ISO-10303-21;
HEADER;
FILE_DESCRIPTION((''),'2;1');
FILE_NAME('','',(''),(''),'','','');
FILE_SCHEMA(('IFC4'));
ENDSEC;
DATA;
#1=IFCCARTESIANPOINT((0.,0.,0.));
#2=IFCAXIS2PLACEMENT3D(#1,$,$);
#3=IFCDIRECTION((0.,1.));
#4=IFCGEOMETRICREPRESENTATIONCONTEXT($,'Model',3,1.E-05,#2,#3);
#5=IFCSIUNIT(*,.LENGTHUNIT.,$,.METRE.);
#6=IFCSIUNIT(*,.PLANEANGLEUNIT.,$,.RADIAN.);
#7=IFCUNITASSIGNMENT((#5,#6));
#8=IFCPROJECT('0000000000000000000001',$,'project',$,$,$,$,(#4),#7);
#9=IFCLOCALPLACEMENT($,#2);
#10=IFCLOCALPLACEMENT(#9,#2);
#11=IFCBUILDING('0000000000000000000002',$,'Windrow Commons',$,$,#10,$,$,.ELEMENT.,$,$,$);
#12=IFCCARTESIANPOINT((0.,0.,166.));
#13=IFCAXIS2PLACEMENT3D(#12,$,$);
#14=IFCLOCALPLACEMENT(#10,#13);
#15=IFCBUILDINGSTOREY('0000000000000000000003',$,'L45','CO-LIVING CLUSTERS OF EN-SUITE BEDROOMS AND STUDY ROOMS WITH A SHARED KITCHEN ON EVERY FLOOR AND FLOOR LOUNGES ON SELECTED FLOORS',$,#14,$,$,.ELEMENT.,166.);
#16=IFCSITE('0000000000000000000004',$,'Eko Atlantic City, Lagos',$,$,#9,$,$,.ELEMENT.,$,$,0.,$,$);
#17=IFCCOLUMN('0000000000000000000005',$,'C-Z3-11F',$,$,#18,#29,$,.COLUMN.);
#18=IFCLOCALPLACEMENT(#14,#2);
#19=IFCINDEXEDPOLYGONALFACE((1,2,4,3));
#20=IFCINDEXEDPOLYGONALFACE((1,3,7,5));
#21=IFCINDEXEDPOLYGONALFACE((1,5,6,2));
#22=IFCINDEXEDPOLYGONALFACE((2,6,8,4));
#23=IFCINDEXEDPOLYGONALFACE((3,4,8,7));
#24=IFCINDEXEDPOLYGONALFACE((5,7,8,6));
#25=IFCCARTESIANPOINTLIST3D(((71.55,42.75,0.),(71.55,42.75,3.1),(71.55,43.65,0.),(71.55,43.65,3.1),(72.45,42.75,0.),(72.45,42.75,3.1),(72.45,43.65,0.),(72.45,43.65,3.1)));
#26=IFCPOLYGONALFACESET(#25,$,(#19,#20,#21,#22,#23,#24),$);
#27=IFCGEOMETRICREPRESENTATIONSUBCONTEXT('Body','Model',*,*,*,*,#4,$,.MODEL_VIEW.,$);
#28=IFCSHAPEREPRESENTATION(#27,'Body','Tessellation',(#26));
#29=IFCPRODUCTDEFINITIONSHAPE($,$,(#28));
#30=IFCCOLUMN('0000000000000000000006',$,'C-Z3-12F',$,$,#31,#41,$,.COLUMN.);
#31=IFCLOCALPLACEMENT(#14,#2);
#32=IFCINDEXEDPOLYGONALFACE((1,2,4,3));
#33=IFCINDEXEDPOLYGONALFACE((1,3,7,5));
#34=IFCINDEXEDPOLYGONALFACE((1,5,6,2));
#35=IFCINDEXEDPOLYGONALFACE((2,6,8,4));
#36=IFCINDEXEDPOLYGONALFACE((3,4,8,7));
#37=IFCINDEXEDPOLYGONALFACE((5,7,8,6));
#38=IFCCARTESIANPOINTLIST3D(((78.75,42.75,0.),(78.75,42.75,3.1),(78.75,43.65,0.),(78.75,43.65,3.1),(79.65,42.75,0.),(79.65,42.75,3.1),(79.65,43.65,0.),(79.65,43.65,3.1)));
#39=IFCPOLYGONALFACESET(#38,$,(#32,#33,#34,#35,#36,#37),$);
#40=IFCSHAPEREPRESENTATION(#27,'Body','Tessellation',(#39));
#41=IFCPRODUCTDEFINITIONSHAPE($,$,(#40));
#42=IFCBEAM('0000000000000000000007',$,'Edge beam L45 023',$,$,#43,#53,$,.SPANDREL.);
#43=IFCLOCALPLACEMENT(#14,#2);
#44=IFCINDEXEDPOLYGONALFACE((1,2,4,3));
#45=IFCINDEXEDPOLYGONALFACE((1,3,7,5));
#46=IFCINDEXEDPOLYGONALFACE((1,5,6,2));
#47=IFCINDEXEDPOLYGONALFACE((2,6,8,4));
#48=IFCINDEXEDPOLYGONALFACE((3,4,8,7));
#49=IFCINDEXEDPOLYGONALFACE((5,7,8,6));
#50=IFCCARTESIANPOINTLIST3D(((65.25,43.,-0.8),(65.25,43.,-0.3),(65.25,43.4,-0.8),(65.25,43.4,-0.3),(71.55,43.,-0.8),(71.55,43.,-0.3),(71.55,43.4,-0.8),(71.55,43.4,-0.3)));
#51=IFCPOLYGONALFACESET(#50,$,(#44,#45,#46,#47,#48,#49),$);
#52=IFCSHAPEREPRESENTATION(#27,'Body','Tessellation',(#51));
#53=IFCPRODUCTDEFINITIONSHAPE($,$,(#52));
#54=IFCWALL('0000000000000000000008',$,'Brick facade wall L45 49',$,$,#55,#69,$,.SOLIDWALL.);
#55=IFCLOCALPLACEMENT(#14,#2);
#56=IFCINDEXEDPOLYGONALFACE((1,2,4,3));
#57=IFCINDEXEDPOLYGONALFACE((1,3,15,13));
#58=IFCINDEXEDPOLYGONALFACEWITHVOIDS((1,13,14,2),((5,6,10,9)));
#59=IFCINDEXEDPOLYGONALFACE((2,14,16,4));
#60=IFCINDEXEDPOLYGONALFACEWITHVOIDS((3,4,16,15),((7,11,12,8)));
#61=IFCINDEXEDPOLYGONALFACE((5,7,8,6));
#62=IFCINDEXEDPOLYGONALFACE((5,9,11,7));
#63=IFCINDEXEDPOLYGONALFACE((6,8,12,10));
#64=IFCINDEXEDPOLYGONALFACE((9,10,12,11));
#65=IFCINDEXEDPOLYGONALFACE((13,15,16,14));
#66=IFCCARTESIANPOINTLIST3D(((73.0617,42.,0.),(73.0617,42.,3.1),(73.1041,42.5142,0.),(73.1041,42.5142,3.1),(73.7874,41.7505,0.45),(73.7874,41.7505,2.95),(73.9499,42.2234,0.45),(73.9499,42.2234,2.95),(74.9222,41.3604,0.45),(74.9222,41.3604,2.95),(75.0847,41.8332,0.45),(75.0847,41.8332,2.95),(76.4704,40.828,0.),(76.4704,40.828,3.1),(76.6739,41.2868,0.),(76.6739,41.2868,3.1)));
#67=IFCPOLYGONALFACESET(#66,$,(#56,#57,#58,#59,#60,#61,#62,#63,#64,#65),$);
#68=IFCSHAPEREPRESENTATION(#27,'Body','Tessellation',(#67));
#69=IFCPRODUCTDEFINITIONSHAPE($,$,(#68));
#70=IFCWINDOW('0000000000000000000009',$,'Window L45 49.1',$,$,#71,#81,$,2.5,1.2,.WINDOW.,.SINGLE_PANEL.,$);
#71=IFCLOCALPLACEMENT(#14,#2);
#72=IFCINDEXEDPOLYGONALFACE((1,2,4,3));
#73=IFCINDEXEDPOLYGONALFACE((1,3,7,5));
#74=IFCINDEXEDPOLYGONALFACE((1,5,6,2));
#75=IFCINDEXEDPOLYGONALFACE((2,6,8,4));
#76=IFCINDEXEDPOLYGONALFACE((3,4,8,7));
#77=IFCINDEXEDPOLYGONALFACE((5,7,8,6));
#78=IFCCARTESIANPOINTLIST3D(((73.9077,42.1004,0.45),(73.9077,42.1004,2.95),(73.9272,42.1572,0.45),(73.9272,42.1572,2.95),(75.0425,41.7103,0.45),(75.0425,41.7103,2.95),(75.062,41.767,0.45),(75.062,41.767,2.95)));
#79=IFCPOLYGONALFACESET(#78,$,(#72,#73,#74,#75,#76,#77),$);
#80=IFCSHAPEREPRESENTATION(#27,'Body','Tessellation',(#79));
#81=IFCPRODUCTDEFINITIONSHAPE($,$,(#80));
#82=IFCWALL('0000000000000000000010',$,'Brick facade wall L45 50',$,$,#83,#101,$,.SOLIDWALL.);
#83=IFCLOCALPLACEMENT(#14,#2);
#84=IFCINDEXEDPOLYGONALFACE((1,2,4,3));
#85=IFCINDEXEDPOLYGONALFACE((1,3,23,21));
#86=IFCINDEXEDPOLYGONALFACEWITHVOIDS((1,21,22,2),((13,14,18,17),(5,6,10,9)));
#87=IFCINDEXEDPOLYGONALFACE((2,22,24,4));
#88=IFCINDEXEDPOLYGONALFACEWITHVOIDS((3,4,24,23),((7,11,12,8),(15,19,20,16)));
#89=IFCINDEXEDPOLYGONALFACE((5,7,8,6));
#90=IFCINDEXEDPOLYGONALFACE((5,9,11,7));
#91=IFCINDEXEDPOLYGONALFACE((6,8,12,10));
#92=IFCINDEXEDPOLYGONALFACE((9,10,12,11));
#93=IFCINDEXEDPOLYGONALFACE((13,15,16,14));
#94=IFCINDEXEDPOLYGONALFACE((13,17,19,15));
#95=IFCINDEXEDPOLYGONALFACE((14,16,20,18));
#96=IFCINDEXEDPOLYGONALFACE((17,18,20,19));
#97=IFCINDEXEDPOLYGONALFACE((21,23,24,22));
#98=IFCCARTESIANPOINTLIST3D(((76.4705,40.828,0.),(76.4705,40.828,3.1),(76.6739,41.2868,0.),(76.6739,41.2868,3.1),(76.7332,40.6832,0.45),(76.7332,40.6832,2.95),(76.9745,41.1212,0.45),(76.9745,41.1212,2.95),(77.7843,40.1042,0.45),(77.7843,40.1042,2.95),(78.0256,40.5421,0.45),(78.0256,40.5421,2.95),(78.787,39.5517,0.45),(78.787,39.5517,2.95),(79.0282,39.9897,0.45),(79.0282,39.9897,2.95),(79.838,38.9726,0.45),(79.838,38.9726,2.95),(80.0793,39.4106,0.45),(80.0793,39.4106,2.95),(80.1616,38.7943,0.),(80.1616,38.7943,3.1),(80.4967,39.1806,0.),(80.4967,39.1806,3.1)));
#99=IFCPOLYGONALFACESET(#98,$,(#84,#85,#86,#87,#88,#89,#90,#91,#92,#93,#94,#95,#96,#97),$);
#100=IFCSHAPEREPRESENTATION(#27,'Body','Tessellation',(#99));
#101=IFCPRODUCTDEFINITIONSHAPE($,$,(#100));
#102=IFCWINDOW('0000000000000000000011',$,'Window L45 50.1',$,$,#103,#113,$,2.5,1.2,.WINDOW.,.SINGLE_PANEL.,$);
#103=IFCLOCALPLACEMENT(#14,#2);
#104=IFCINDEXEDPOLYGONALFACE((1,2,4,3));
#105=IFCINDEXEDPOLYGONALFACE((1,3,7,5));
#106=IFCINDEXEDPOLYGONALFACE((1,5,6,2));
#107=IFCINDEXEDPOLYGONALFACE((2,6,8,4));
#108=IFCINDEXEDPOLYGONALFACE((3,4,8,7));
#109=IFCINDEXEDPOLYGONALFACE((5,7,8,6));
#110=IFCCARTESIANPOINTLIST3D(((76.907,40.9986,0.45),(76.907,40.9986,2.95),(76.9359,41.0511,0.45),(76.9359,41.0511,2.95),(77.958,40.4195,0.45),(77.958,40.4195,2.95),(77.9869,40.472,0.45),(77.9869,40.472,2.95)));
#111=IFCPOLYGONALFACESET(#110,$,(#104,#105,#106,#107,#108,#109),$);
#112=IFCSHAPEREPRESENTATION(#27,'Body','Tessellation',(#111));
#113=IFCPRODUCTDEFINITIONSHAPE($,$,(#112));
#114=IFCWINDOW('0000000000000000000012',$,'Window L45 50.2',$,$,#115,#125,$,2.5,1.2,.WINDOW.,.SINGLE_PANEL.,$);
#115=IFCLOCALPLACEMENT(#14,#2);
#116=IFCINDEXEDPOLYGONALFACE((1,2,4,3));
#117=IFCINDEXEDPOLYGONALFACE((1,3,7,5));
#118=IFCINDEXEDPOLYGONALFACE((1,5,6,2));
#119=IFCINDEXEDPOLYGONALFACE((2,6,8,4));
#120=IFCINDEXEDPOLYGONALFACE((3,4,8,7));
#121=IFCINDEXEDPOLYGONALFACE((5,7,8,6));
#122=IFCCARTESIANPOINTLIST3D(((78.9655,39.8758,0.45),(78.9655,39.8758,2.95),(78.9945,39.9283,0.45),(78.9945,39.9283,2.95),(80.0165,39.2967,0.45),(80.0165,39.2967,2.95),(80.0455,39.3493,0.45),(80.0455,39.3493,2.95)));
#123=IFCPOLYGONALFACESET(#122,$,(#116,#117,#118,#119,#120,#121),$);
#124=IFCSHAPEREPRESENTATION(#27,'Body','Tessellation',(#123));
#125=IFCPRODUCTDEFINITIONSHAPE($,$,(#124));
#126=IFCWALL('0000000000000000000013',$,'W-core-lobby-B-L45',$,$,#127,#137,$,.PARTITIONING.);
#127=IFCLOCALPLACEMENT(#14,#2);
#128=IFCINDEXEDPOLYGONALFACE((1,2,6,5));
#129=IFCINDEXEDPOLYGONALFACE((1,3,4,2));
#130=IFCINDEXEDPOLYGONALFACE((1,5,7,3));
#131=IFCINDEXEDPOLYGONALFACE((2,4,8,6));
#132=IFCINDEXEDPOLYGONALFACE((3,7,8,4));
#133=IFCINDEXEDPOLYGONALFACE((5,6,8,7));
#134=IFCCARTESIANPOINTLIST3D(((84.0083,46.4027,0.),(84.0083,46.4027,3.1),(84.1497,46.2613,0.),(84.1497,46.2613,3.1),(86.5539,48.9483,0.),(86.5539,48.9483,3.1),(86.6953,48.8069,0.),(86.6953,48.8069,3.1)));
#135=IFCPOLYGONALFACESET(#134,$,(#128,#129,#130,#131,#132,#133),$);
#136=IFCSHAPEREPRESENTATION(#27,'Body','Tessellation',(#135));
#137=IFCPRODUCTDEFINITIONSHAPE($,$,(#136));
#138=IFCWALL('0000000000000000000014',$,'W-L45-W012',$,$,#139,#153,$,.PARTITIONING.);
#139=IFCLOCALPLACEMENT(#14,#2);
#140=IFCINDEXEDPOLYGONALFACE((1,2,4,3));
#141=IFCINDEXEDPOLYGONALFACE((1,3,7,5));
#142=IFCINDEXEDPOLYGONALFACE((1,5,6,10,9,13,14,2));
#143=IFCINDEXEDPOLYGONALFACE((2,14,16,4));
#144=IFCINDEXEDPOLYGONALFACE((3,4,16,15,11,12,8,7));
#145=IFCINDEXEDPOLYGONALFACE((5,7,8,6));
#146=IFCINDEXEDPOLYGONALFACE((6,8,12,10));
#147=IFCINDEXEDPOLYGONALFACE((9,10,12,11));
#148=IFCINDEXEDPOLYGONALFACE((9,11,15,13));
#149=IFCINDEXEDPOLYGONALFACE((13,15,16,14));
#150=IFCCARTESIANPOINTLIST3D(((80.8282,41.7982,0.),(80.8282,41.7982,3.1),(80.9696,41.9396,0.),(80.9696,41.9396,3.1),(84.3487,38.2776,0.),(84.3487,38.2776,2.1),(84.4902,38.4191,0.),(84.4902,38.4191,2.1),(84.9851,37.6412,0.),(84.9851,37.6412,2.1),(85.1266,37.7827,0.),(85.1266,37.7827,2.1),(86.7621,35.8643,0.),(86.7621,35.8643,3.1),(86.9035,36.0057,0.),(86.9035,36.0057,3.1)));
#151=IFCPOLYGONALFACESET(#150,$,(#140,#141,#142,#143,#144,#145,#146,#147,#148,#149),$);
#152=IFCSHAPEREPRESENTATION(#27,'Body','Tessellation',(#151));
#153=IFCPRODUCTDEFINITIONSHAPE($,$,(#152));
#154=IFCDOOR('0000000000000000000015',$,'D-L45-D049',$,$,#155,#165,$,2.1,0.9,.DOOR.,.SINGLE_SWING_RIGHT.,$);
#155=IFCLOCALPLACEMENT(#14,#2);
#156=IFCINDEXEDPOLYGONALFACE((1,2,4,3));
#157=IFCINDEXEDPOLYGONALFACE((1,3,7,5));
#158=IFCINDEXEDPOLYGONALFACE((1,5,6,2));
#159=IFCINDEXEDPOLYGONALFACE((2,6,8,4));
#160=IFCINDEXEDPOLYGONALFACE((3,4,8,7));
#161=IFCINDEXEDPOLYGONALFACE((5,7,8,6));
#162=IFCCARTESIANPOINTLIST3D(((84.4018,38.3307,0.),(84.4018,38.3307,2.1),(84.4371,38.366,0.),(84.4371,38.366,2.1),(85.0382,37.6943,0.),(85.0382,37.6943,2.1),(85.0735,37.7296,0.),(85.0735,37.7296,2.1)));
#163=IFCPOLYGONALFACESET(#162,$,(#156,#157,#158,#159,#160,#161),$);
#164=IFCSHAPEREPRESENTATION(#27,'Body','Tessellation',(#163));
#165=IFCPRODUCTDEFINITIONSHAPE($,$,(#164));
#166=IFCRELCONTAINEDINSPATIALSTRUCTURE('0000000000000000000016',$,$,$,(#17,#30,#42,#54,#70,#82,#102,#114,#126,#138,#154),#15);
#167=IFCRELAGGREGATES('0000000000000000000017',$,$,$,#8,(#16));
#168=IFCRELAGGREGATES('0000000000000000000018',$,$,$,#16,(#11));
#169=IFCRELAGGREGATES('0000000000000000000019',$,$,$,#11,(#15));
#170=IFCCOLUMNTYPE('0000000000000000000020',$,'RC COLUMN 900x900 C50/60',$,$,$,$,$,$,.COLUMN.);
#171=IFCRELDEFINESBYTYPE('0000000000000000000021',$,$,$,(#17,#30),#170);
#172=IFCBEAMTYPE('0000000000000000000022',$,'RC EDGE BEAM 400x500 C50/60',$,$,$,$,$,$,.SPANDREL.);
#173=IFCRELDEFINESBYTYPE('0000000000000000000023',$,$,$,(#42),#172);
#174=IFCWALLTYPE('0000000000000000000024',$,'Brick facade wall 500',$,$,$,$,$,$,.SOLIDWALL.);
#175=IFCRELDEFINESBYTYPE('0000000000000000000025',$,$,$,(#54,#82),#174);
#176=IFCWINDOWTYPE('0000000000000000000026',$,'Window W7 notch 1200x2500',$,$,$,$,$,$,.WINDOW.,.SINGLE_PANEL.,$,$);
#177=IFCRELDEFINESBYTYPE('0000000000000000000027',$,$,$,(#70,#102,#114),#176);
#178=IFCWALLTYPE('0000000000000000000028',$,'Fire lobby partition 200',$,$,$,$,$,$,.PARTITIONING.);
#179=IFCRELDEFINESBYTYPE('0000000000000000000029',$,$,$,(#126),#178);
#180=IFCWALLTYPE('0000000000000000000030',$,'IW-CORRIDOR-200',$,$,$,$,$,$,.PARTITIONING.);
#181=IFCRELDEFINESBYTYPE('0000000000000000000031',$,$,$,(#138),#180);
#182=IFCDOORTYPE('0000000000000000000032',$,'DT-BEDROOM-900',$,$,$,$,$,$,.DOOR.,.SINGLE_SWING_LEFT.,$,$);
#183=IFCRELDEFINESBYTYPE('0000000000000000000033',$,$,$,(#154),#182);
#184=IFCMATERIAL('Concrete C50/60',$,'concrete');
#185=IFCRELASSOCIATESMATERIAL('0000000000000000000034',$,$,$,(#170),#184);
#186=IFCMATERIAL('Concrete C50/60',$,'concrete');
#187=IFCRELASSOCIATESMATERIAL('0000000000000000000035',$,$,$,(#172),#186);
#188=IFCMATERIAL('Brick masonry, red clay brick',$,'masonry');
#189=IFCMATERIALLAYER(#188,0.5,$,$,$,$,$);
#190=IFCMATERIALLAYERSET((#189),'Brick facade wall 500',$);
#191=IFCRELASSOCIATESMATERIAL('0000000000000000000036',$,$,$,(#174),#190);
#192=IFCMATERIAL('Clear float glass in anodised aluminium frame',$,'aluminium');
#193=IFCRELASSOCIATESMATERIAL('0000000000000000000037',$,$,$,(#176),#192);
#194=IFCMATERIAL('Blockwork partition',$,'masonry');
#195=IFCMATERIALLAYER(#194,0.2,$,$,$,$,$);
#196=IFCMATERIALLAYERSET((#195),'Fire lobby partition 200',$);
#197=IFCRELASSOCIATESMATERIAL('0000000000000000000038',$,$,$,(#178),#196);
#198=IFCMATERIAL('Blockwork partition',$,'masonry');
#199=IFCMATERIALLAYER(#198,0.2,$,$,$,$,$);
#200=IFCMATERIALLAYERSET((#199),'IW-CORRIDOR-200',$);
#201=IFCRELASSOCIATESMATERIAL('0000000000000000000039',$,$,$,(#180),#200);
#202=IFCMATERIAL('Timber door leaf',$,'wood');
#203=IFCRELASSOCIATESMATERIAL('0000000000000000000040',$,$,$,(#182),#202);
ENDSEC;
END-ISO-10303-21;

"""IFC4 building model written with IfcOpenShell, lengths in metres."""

from ifc_helpers import new_model, si_unit, direction, frame, frame_2d, origin, origin_2d, place, context, subcontext, project, spatial, polyline, rectangle, outline, extrude, material, layer, layer_set, material_profile, profile_set, type_object, element, fill, save


model = new_model("IFC4")

# Units and contexts
model_context = context("Model", 3, precision=1e-05, world=origin(), true_north=direction((0.0, 1.0)))
body_context = subcontext(model_context, "Body", "Model", "MODEL_VIEW")
ifc_project = project(units=[si_unit("LENGTHUNIT", "METRE"), si_unit("PLANEANGLEUNIT", "RADIAN")], contexts=[model_context])

# Site, building, storey
site_placement = place(None, origin())
site = spatial("IfcSite", under=ifc_project, at=site_placement, Name="Eko Atlantic City, Lagos", CompositionType="ELEMENT", RefElevation=0.0)
building_placement = place(site_placement, origin())
building = spatial("IfcBuilding", under=site, at=building_placement, Name="Windrow Commons", CompositionType="ELEMENT")
storey_placement = place(building_placement, frame((0.0, 0.0, 166.0)))
storey = spatial("IfcBuildingStorey", under=building, at=storey_placement, Name="L45", Description="CO-LIVING CLUSTERS OF EN-SUITE BEDROOMS AND STUDY ROOMS WITH A SHARED KITCHEN ON EVERY FLOOR AND FLOOR LOUNGES ON SELECTED FLOORS", CompositionType="ELEMENT", Elevation=166.0)

# Columns
ifc_material_1 = material(Name="Concrete C50/60", Category="concrete")
ifc_material_profile_1 = material_profile(ifc_material_1, rectangle(XDim=0.9, YDim=0.9, at=origin_2d()))
ifc_profile_set_1 = profile_set([ifc_material_profile_1], Name="Concrete C50/60")
column_type = type_object("IfcColumnType", Name="RC COLUMN 900x900 C50/60", PredefinedType="COLUMN", material=ifc_profile_set_1)
for number, where, z_axis, x_axis, name in (
    (1, (72.0, 43.2, 0.0), (0.0, 0.0, 1.0), (1.0, 0.0, 0.0), "C-Z3-11F"),
    (2, (79.2, 43.2, 0.0), (0.0, 0.0, 1.0), (1.0, 0.0, 0.0), "C-Z3-12F"),
):
    element("IfcColumn", number, at=place(storey_placement, frame(where, z_axis=z_axis, x_axis=x_axis)), inside=storey, type_object=column_type, Name=name, PredefinedType="COLUMN", context=body_context, shape_type="SweptSolid", body=[
        extrude(rectangle(XDim=0.9, YDim=0.9, at=origin_2d()), origin(), (0.0, 0.0, 1.0), 3.1),
    ])

# Beam
ifc_material_2 = material(Name="Concrete C50/60", Category="concrete")
ifc_material_profile_2 = material_profile(ifc_material_2, rectangle(XDim=0.4, YDim=0.5, at=origin_2d()))
ifc_profile_set_2 = profile_set([ifc_material_profile_2], Name="Concrete C50/60")
beam_type = type_object("IfcBeamType", Name="RC EDGE BEAM 400x500 C50/60", PredefinedType="SPANDREL", material=ifc_profile_set_2)
beam_placement = place(storey_placement, frame((71.55, 43.2, -0.55), z_axis=(-1.0, 0.0, 0.0), x_axis=(0.0, -1.0, 0.0)))
element("IfcBeam", 3, at=beam_placement, inside=storey, type_object=beam_type, Name="Edge beam L45 023", PredefinedType="SPANDREL", context=body_context, shape_type="SweptSolid", body=[
    extrude(rectangle(XDim=0.4, YDim=0.5, at=origin_2d()), origin(), (0.0, 0.0, 1.0), 6.3),
])

# Wall, opening, window
ifc_material_3 = material(Name="Brick masonry, red clay brick", Category="masonry")
ifc_layer_1 = layer(ifc_material_3, 0.5)
ifc_layer_set_1 = layer_set([ifc_layer_1], Name="Brick facade wall 500")
wall_type_1 = type_object("IfcWallType", Name="Brick facade wall 500", PredefinedType="SOLIDWALL", material=ifc_layer_set_1)
wall_1_placement = place(storey_placement, frame((73.0829, 42.2571, 0.0), z_axis=(0.0, 0.0, 1.0), x_axis=(0.945666, -0.325141, 0.0)))
wall_1 = element("IfcWall", 4, at=wall_1_placement, inside=storey, type_object=wall_type_1, Name="Brick facade wall L45 49", PredefinedType="SOLIDWALL", context=body_context, shape_type="SweptSolid", body=[
    extrude(outline(polyline([(0.0635, -0.25), (3.6681, -0.25), (3.7114, 0.25), (-0.0635, 0.25), (0.0635, -0.25)])), origin(), (0.0, 0.0, 1.0), 3.1),
])
opening_1_placement = place(wall_1_placement, frame((0.8309, 0.0, 0.45)))
opening_1 = element("IfcOpeningElement", 5, at=opening_1_placement, cuts=wall_1, PredefinedType="OPENING", context=body_context, shape_type="SweptSolid", body=[
    extrude(rectangle(XDim=1.2, YDim=2.5, at=frame_2d((0.6, 1.25))), frame((0.0, 0.26, 0.0), z_axis=(0.0, -1.0, 0.0), x_axis=(1.0, 0.0, 0.0)), (0.0, 0.0, 1.0), 0.52),
])
ifc_material_4 = material(Name="Clear float glass in anodised aluminium frame", Category="aluminium")
window_type = type_object("IfcWindowType", Name="Window W7 notch 1200x2500", PartitioningType="SINGLE_PANEL", PredefinedType="WINDOW", material=ifc_material_4)
window_1_placement = place(opening_1_placement, origin())
window_1 = element("IfcWindow", 6, at=window_1_placement, inside=storey, type_object=window_type, Name="Window L45 49.1", OverallHeight=2.5, OverallWidth=1.2, PartitioningType="SINGLE_PANEL", PredefinedType="WINDOW", context=body_context, shape_type="SweptSolid", body=[
    extrude(rectangle(XDim=1.2, YDim=2.5, at=frame_2d((0.6, 1.25))), frame((0.0, 0.18, 0.0), z_axis=(0.0, -1.0, 0.0), x_axis=(1.0, 0.0, 0.0)), (0.0, 0.0, 1.0), 0.06),
])
fill(opening_1, window_1)

# Wall, openings, windows
wall_2_placement = place(storey_placement, frame((76.5722, 41.0574, 0.0), z_axis=(0.0, 0.0, 1.0), x_axis=(0.875861, -0.482564, 0.0)))
wall_2 = element("IfcWall", 7, at=wall_2_placement, inside=storey, type_object=wall_type_1, Name="Brick facade wall L45 50", PredefinedType="SOLIDWALL", context=body_context, shape_type="SweptSolid", body=[
    extrude(outline(polyline([(0.0216, -0.25), (4.2359, -0.25), (4.343, 0.25), (-0.0216, 0.25), (0.0216, -0.25)])), origin(), (0.0, 0.0, 1.0), 3.1),
])
opening_2_placement = place(wall_2_placement, frame((0.3216, 0.0, 0.45)))
opening_2 = element("IfcOpeningElement", 8, at=opening_2_placement, cuts=wall_2, PredefinedType="OPENING", context=body_context, shape_type="SweptSolid", body=[
    extrude(rectangle(XDim=1.2, YDim=2.5, at=frame_2d((0.6, 1.25))), frame((0.0, 0.26, 0.0), z_axis=(0.0, -1.0, 0.0), x_axis=(1.0, 0.0, 0.0)), (0.0, 0.0, 1.0), 0.52),
])
opening_3_placement = place(wall_2_placement, frame((2.6664, 0.0, 0.45)))
opening_3 = element("IfcOpeningElement", 9, at=opening_3_placement, cuts=wall_2, PredefinedType="OPENING", context=body_context, shape_type="SweptSolid", body=[
    extrude(rectangle(XDim=1.2, YDim=2.5, at=frame_2d((0.6, 1.25))), frame((0.0, 0.26, 0.0), z_axis=(0.0, -1.0, 0.0), x_axis=(1.0, 0.0, 0.0)), (0.0, 0.0, 1.0), 0.52),
])
window_2_placement = place(opening_2_placement, origin())
window_2 = element("IfcWindow", 10, at=window_2_placement, inside=storey, type_object=window_type, Name="Window L45 50.1", OverallHeight=2.5, OverallWidth=1.2, PartitioningType="SINGLE_PANEL", PredefinedType="WINDOW", context=body_context, shape_type="SweptSolid", body=[
    extrude(rectangle(XDim=1.2, YDim=2.5, at=frame_2d((0.6, 1.25))), frame((0.0, 0.17, 0.0), z_axis=(0.0, -1.0, 0.0), x_axis=(1.0, 0.0, 0.0)), (0.0, 0.0, 1.0), 0.06),
])
fill(opening_2, window_2)
window_3_placement = place(opening_3_placement, origin())
window_3 = element("IfcWindow", 11, at=window_3_placement, inside=storey, type_object=window_type, Name="Window L45 50.2", OverallHeight=2.5, OverallWidth=1.2, PartitioningType="SINGLE_PANEL", PredefinedType="WINDOW", context=body_context, shape_type="SweptSolid", body=[
    extrude(rectangle(XDim=1.2, YDim=2.5, at=frame_2d((0.6, 1.25))), frame((0.0, 0.18, 0.0), z_axis=(0.0, -1.0, 0.0), x_axis=(1.0, 0.0, 0.0)), (0.0, 0.0, 1.0), 0.06),
])
fill(opening_3, window_3)

# Wall
ifc_material_5 = material(Name="Blockwork partition", Category="masonry")
ifc_layer_2 = layer(ifc_material_5, 0.2)
ifc_layer_set_2 = layer_set([ifc_layer_2], Name="Fire lobby partition 200")
wall_type_2 = type_object("IfcWallType", Name="Fire lobby partition 200", PredefinedType="PARTITIONING", material=ifc_layer_set_2)
wall_3_placement = place(storey_placement, frame((84.079, 46.332, 0.0), z_axis=(0.0, 0.0, 1.0), x_axis=(0.707107, 0.707107, 0.0)))
element("IfcWall", 12, at=wall_3_placement, inside=storey, type_object=wall_type_2, Name="W-core-lobby-B-L45", PredefinedType="PARTITIONING", context=body_context, shape_type="SweptSolid", body=[
    extrude(rectangle(XDim=3.6, YDim=0.2, at=frame_2d((1.8, 0.0))), origin(), (0.0, 0.0, 1.0), 3.1),
])

# Wall, opening, door
ifc_material_6 = material(Name="Blockwork partition", Category="masonry")
ifc_layer_3 = layer(ifc_material_6, 0.2)
ifc_layer_set_3 = layer_set([ifc_layer_3], Name="IW-CORRIDOR-200")
wall_type_3 = type_object("IfcWallType", Name="IW-CORRIDOR-200", PredefinedType="PARTITIONING", material=ifc_layer_set_3)
wall_4_placement = place(storey_placement, frame((80.8989, 41.8689, 0.0), z_axis=(0.0, 0.0, 1.0), x_axis=(0.707107, -0.707107, 0.0)))
wall_4 = element("IfcWall", 13, at=wall_4_placement, inside=storey, type_object=wall_type_3, Name="W-L45-W012", PredefinedType="PARTITIONING", context=body_context, shape_type="SweptSolid", body=[
    extrude(rectangle(XDim=8.3919, YDim=0.2, at=frame_2d((4.1959, 0.0))), origin(), (0.0, 0.0, 1.0), 3.1),
])
opening_4_placement = place(wall_4_placement, frame((4.9788, 0.0, 0.0)))
opening_4 = element("IfcOpeningElement", 14, at=opening_4_placement, cuts=wall_4, PredefinedType="OPENING", context=body_context, shape_type="SweptSolid", body=[
    extrude(rectangle(XDim=0.9, YDim=2.1, at=frame_2d((0.45, 1.05))), frame((0.0, 0.11, 0.0), z_axis=(0.0, -1.0, 0.0), x_axis=(1.0, 0.0, 0.0)), (0.0, 0.0, 1.0), 0.22),
])
ifc_material_7 = material(Name="Timber door leaf", Category="wood")
door_type_1 = type_object("IfcDoorType", Name="DT-BEDROOM-900", OperationType="SINGLE_SWING_LEFT", PredefinedType="DOOR", material=ifc_material_7)
door_1_placement = place(opening_4_placement, origin())
door_1 = element("IfcDoor", 15, at=door_1_placement, inside=storey, type_object=door_type_1, Name="D-L45-D049", OperationType="SINGLE_SWING_RIGHT", OverallHeight=2.1, OverallWidth=0.9, PredefinedType="DOOR", context=body_context, shape_type="SweptSolid", body=[
    extrude(rectangle(XDim=0.9, YDim=2.1, at=frame_2d((0.45, 1.05))), frame((0.0, 0.025, 0.0), z_axis=(0.0, -1.0, 0.0), x_axis=(1.0, 0.0, 0.0)), (0.0, 0.0, 1.0), 0.05),
])
fill(opening_4, door_1)

save(model, "model.ifc")
